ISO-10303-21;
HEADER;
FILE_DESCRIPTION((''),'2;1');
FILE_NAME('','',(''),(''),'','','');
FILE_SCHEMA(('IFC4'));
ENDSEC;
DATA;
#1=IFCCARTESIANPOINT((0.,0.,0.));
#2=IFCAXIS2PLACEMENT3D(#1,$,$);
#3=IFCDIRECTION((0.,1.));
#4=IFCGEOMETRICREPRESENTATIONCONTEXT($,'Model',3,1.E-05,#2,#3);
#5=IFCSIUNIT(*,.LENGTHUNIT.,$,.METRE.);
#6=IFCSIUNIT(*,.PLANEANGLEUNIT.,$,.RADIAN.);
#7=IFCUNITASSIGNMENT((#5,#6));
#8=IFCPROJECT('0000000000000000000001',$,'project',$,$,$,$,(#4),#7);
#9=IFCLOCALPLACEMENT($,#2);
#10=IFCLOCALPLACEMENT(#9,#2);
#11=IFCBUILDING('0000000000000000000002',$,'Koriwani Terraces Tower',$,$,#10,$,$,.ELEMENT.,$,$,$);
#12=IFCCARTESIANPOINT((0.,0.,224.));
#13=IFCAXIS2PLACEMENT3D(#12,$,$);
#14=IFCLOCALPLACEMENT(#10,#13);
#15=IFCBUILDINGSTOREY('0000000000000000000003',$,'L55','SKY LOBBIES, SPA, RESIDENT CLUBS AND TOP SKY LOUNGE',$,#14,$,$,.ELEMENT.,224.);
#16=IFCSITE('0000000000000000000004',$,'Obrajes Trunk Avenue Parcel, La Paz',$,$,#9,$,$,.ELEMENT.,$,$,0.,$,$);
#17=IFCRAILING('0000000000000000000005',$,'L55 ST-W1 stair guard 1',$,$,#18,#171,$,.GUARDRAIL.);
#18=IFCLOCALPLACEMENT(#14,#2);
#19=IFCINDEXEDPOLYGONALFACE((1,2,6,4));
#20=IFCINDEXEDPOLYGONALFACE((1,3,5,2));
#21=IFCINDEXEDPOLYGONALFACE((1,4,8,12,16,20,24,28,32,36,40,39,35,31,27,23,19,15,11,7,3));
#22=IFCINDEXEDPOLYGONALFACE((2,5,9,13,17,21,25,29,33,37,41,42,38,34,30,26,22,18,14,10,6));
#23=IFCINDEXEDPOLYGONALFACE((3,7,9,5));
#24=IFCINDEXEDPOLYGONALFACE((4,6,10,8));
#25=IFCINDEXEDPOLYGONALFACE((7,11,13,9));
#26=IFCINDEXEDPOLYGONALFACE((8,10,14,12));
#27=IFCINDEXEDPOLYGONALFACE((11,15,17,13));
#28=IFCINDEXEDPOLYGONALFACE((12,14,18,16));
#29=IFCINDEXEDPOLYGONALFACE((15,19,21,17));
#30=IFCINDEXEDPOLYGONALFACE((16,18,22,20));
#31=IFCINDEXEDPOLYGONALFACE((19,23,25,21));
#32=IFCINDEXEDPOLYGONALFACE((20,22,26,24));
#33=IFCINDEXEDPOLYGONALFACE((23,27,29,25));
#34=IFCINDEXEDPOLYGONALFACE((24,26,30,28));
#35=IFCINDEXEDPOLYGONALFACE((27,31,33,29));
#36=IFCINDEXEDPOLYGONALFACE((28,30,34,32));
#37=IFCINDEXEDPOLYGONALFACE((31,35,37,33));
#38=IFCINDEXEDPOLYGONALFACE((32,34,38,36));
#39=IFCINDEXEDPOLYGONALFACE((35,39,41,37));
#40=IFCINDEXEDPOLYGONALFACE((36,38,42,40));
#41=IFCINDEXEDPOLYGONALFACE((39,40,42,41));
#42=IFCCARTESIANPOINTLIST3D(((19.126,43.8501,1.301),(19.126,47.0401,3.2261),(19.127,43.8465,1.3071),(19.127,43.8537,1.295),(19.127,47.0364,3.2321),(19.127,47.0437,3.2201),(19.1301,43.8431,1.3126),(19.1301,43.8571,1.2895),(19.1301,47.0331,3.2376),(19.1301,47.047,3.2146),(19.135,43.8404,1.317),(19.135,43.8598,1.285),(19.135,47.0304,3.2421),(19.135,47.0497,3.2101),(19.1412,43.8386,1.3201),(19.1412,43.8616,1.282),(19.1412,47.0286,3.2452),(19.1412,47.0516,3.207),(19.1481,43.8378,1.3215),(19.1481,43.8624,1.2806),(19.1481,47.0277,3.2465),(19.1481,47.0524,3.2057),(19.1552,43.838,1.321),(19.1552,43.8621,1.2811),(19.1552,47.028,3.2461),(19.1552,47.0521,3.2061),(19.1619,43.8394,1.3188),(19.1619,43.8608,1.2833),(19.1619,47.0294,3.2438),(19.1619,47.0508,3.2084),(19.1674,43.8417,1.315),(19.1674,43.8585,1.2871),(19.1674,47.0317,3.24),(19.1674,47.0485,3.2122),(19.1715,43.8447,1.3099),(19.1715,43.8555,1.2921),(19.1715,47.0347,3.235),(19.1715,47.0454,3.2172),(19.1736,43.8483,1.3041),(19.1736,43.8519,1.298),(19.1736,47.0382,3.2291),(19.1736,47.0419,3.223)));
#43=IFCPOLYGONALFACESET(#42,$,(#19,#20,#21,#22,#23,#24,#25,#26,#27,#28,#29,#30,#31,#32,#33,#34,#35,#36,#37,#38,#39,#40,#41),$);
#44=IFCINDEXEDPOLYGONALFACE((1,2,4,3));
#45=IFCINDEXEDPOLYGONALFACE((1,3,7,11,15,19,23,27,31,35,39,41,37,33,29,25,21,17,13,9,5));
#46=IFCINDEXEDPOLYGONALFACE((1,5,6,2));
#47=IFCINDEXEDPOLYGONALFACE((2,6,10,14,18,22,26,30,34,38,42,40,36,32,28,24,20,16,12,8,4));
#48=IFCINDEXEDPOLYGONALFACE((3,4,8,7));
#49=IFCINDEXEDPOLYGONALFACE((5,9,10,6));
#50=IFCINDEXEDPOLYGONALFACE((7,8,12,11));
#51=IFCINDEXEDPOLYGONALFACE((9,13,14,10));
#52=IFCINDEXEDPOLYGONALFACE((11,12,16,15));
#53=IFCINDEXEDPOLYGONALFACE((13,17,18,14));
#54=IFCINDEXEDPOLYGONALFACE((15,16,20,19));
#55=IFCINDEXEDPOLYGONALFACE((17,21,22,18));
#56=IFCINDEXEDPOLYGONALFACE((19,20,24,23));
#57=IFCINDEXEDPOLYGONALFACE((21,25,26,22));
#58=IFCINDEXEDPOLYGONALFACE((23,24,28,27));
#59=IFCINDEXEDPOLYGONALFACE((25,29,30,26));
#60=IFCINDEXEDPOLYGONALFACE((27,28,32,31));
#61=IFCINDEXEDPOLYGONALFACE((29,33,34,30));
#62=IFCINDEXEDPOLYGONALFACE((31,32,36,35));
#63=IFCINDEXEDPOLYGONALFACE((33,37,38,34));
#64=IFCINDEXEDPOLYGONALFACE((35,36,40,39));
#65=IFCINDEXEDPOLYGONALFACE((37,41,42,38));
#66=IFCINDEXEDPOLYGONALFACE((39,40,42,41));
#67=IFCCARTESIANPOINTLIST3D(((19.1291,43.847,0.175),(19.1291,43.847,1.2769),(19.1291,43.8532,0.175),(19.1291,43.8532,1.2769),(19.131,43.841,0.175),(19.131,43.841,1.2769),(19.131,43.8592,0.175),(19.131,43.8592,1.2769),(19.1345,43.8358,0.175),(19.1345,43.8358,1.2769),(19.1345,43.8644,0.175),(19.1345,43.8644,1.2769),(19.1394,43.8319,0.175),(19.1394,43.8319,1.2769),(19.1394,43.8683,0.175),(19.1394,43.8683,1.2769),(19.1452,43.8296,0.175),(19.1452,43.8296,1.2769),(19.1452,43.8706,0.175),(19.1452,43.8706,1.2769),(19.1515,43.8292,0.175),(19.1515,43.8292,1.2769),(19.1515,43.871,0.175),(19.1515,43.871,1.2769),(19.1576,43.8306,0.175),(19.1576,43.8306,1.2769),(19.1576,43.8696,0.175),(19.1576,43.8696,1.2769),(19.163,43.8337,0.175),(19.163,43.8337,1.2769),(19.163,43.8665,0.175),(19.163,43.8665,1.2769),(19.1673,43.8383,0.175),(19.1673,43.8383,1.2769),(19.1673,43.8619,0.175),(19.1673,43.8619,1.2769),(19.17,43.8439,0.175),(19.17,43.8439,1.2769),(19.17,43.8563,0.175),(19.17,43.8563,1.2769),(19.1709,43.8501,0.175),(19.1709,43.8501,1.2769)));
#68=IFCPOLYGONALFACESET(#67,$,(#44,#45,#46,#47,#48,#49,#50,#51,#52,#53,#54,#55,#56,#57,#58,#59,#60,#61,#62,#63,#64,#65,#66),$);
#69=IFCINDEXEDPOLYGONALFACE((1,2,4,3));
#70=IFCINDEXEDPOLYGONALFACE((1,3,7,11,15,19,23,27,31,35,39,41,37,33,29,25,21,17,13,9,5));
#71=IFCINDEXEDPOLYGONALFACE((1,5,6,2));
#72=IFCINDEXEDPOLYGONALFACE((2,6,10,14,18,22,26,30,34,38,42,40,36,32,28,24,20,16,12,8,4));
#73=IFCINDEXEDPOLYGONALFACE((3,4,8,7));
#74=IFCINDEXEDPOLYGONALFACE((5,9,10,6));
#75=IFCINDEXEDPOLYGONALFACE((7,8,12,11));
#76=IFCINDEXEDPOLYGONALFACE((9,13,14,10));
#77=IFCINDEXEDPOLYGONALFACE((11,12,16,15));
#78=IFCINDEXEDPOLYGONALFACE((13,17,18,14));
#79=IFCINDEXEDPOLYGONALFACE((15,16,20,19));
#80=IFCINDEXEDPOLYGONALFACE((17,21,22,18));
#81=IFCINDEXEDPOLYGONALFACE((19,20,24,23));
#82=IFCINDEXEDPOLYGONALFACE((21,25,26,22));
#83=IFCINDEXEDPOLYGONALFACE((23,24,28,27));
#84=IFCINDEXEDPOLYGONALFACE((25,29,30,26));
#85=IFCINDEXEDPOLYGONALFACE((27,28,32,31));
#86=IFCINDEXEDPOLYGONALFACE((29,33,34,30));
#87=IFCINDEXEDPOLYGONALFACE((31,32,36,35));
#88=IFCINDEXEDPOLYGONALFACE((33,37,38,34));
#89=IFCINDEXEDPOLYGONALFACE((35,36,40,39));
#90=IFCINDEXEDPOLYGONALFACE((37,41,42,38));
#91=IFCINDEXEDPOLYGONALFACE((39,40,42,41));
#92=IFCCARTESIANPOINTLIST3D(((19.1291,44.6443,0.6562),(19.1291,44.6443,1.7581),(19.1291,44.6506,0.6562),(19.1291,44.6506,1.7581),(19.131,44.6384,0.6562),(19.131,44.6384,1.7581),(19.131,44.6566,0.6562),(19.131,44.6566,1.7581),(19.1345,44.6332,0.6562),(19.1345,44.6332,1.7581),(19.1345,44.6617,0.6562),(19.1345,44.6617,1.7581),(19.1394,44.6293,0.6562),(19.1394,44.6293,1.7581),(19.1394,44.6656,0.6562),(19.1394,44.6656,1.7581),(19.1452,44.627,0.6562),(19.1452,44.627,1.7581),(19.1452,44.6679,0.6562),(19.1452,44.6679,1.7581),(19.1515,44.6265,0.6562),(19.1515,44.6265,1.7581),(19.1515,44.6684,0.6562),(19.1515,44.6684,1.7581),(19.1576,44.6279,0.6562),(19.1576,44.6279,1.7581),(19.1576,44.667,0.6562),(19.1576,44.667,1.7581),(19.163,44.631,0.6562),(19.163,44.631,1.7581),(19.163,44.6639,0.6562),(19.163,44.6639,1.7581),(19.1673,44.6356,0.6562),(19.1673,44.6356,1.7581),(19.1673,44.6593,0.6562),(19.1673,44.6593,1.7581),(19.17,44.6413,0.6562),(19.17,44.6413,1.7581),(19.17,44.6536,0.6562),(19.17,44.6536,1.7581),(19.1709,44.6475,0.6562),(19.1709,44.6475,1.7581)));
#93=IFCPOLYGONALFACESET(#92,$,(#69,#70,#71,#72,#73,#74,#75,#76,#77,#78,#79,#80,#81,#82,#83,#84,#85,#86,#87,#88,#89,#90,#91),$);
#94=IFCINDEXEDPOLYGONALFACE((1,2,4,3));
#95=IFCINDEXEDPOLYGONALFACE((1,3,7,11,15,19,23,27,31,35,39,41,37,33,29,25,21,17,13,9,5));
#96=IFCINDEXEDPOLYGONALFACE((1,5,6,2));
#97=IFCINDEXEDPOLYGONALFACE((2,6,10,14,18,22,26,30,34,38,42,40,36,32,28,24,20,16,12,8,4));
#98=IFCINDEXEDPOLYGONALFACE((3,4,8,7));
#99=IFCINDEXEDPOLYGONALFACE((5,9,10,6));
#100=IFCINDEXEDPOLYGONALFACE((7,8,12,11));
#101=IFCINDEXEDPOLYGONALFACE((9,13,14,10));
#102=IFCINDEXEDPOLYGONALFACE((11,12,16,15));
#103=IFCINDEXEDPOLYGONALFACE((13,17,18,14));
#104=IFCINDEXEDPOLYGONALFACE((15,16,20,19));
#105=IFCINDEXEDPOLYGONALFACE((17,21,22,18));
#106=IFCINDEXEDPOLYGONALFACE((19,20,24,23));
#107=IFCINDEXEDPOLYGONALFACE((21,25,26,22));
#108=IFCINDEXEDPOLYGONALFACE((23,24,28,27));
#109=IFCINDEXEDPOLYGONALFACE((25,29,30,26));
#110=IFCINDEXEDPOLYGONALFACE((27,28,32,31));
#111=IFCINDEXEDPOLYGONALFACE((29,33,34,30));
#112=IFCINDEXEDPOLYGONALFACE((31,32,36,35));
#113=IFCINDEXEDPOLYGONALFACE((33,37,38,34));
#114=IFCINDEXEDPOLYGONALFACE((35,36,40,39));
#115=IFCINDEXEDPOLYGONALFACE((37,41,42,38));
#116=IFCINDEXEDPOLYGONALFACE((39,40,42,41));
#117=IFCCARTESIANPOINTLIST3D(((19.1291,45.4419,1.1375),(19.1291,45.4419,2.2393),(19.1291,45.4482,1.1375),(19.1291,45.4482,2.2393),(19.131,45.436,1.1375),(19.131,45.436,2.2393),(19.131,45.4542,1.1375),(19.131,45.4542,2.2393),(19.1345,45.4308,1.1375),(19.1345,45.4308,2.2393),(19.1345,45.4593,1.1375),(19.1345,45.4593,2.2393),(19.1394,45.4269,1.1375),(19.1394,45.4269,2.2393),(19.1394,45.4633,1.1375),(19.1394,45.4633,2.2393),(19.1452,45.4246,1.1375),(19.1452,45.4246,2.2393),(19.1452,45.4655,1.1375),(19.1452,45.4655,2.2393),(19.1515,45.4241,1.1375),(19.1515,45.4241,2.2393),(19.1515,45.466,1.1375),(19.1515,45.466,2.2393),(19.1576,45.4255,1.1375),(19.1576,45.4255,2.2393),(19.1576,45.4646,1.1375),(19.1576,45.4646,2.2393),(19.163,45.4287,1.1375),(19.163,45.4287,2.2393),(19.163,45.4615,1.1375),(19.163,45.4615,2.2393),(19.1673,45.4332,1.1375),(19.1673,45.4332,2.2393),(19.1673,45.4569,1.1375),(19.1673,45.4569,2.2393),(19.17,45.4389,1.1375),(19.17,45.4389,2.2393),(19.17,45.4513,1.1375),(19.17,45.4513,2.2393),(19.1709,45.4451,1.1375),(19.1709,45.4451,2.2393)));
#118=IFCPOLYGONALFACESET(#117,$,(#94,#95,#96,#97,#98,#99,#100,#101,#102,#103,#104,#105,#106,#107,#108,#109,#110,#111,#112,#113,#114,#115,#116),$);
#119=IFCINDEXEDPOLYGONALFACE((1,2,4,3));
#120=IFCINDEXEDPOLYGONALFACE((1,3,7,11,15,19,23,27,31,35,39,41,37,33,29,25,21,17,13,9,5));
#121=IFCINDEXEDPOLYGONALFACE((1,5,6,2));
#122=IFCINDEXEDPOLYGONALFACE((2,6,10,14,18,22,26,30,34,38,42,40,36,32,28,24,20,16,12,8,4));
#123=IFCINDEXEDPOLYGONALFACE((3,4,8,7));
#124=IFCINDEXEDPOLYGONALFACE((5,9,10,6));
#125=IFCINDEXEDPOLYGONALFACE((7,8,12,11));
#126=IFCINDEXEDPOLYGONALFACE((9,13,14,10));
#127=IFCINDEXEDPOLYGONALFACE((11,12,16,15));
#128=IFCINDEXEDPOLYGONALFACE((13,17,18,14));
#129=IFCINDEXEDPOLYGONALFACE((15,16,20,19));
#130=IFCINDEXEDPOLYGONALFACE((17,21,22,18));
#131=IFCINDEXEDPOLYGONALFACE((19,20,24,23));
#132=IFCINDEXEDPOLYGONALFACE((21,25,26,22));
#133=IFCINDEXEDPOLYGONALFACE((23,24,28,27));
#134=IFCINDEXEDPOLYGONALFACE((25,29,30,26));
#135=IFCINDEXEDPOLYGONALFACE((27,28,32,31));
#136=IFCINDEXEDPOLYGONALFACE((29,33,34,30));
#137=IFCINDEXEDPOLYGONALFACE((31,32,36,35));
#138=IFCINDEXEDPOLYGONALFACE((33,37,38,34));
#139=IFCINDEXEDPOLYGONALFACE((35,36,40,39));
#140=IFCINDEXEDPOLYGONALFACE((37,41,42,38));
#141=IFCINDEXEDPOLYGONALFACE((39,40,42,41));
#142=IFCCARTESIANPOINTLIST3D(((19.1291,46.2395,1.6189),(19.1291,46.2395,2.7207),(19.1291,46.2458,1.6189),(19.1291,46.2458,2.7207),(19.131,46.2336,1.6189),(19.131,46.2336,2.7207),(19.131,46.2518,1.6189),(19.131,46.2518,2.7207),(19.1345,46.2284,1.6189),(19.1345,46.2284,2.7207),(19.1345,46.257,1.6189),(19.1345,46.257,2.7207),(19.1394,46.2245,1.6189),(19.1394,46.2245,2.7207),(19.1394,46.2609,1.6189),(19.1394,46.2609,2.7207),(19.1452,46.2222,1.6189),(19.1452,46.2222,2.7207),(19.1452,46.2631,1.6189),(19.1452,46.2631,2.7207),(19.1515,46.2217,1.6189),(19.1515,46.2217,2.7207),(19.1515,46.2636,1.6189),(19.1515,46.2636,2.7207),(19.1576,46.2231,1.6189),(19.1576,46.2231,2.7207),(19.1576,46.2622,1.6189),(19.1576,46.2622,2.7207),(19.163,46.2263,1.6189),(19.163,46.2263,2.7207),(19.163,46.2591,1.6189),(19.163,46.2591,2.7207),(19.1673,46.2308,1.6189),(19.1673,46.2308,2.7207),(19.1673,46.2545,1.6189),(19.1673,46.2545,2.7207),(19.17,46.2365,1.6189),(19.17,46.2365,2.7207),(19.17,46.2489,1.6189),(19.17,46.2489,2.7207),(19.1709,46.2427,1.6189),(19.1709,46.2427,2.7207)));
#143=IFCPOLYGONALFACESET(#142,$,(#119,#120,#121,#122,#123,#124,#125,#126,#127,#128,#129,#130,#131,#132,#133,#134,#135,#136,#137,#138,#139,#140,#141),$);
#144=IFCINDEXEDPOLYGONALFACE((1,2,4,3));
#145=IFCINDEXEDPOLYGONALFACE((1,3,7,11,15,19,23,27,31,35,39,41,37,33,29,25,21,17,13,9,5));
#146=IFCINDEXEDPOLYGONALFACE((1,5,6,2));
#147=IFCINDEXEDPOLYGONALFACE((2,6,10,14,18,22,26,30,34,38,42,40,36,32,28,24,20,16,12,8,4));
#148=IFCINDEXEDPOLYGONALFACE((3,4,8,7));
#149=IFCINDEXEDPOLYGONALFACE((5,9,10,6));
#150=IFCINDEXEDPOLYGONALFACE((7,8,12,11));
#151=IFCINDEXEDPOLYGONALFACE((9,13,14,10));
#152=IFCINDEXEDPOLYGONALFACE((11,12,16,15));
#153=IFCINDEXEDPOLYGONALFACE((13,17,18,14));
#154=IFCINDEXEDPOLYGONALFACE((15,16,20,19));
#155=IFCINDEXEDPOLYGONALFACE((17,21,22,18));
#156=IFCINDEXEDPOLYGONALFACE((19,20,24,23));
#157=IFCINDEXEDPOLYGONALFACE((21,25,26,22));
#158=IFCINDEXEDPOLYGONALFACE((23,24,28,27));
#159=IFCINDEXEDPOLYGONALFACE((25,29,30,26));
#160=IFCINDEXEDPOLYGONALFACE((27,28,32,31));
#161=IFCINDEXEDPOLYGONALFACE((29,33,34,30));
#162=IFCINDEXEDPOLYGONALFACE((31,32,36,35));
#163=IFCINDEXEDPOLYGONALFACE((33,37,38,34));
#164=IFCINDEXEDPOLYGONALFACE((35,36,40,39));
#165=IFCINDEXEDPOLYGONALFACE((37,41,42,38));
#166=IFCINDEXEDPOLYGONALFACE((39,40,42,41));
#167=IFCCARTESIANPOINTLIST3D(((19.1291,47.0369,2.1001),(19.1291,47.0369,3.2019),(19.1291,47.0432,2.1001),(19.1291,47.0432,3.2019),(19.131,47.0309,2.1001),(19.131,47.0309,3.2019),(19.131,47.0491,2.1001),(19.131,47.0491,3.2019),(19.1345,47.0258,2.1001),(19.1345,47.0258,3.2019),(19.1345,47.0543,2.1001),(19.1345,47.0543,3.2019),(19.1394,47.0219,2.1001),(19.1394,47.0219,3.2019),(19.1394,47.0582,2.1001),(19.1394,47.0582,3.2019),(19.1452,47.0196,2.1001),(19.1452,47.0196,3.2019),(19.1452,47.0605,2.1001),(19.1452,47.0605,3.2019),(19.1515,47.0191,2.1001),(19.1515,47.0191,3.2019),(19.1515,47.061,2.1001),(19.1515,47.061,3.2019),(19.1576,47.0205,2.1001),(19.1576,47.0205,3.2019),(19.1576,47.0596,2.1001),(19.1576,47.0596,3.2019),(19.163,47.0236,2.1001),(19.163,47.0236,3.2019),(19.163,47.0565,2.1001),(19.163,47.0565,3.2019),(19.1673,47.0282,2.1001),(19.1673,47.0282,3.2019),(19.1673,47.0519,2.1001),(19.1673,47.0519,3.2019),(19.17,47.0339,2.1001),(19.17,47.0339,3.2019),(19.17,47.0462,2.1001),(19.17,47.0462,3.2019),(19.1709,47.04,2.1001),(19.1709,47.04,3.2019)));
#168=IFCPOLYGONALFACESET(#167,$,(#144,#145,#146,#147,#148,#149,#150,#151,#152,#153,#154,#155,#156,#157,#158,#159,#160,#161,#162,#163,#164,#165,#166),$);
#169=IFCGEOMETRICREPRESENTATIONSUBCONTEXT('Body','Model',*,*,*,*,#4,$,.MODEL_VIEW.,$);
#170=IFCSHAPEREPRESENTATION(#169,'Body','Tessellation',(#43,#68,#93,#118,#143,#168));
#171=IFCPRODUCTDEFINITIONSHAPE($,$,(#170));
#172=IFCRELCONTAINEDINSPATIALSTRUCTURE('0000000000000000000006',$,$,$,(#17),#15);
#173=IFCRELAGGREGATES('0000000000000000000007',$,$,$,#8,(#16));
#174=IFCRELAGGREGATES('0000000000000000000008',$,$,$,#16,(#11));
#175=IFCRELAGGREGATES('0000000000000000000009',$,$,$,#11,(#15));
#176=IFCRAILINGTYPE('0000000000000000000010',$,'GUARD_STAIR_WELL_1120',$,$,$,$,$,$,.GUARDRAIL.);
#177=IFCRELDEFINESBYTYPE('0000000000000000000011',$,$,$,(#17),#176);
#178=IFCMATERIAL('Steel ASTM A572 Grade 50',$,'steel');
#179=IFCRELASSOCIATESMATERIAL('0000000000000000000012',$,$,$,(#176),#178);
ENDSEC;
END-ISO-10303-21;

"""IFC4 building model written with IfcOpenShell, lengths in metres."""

from ifc_helpers import new_model, si_unit, direction, frame, origin, origin_2d, place, context, subcontext, project, spatial, circle, extrude, material, type_object, element, save


model = new_model("IFC4")

# Units and contexts
model_context = context("Model", 3, precision=1e-05, world=origin(), true_north=direction((0.0, 1.0)))
body_context = subcontext(model_context, "Body", "Model", "MODEL_VIEW")
ifc_project = project(units=[si_unit("LENGTHUNIT", "METRE"), si_unit("PLANEANGLEUNIT", "RADIAN")], contexts=[model_context])

# Site, building, storey
site_placement = place(None, origin())
site = spatial("IfcSite", under=ifc_project, at=site_placement, Name="Obrajes Trunk Avenue Parcel, La Paz", CompositionType="ELEMENT", RefElevation=0.0)
building_placement = place(site_placement, origin())
building = spatial("IfcBuilding", under=site, at=building_placement, Name="Koriwani Terraces Tower", CompositionType="ELEMENT")
storey_placement = place(building_placement, frame((0.0, 0.0, 224.0)))
storey = spatial("IfcBuildingStorey", under=building, at=storey_placement, Name="L55", Description="SKY LOBBIES, SPA, RESIDENT CLUBS AND TOP SKY LOUNGE", CompositionType="ELEMENT", Elevation=224.0)

# Shared definitions
ifc_material_1 = material(Name="Steel ASTM A572 Grade 50", Category="steel")

# Railing
railing_type_1 = type_object("IfcRailingType", Name="GUARD_STAIR_WELL_1120", PredefinedType="GUARDRAIL", material=ifc_material_1)
railing_1_placement = place(storey_placement, frame((19.1499, 43.8501, 0.175)))
element("IfcRailing", 1, at=railing_1_placement, inside=storey, type_object=railing_type_1, Name="L55 ST-W1 stair guard 1", PredefinedType="GUARDRAIL", context=body_context, shape_type="SweptSolid", body=[
    extrude(circle(Radius=0.0239, at=origin_2d()), frame((0.0, 0.0, 1.126), z_axis=(0.0, 0.856178, 0.516682), x_axis=(-1.0, 0.0, 0.0)), (0.0, 0.0, 1.0), 3.7258),
    extrude(circle(Radius=0.021, at=origin_2d()), origin(), (0.0, 0.0, 1.0), 1.1018),
    extrude(circle(Radius=0.021, at=origin_2d()), frame((0.0, 0.7974, 0.4812)), (0.0, 0.0, 1.0), 1.1018),
    extrude(circle(Radius=0.021, at=origin_2d()), frame((0.0, 1.595, 0.9624)), (0.0, 0.0, 1.0), 1.1018),
    extrude(circle(Radius=0.021, at=origin_2d()), frame((0.0, 2.3926, 1.4438)), (0.0, 0.0, 1.0), 1.1018),
    extrude(circle(Radius=0.021, at=origin_2d()), frame((0.0, 3.1899, 1.925)), (0.0, 0.0, 1.0), 1.1018),
])

save(model, "model.ifc")
